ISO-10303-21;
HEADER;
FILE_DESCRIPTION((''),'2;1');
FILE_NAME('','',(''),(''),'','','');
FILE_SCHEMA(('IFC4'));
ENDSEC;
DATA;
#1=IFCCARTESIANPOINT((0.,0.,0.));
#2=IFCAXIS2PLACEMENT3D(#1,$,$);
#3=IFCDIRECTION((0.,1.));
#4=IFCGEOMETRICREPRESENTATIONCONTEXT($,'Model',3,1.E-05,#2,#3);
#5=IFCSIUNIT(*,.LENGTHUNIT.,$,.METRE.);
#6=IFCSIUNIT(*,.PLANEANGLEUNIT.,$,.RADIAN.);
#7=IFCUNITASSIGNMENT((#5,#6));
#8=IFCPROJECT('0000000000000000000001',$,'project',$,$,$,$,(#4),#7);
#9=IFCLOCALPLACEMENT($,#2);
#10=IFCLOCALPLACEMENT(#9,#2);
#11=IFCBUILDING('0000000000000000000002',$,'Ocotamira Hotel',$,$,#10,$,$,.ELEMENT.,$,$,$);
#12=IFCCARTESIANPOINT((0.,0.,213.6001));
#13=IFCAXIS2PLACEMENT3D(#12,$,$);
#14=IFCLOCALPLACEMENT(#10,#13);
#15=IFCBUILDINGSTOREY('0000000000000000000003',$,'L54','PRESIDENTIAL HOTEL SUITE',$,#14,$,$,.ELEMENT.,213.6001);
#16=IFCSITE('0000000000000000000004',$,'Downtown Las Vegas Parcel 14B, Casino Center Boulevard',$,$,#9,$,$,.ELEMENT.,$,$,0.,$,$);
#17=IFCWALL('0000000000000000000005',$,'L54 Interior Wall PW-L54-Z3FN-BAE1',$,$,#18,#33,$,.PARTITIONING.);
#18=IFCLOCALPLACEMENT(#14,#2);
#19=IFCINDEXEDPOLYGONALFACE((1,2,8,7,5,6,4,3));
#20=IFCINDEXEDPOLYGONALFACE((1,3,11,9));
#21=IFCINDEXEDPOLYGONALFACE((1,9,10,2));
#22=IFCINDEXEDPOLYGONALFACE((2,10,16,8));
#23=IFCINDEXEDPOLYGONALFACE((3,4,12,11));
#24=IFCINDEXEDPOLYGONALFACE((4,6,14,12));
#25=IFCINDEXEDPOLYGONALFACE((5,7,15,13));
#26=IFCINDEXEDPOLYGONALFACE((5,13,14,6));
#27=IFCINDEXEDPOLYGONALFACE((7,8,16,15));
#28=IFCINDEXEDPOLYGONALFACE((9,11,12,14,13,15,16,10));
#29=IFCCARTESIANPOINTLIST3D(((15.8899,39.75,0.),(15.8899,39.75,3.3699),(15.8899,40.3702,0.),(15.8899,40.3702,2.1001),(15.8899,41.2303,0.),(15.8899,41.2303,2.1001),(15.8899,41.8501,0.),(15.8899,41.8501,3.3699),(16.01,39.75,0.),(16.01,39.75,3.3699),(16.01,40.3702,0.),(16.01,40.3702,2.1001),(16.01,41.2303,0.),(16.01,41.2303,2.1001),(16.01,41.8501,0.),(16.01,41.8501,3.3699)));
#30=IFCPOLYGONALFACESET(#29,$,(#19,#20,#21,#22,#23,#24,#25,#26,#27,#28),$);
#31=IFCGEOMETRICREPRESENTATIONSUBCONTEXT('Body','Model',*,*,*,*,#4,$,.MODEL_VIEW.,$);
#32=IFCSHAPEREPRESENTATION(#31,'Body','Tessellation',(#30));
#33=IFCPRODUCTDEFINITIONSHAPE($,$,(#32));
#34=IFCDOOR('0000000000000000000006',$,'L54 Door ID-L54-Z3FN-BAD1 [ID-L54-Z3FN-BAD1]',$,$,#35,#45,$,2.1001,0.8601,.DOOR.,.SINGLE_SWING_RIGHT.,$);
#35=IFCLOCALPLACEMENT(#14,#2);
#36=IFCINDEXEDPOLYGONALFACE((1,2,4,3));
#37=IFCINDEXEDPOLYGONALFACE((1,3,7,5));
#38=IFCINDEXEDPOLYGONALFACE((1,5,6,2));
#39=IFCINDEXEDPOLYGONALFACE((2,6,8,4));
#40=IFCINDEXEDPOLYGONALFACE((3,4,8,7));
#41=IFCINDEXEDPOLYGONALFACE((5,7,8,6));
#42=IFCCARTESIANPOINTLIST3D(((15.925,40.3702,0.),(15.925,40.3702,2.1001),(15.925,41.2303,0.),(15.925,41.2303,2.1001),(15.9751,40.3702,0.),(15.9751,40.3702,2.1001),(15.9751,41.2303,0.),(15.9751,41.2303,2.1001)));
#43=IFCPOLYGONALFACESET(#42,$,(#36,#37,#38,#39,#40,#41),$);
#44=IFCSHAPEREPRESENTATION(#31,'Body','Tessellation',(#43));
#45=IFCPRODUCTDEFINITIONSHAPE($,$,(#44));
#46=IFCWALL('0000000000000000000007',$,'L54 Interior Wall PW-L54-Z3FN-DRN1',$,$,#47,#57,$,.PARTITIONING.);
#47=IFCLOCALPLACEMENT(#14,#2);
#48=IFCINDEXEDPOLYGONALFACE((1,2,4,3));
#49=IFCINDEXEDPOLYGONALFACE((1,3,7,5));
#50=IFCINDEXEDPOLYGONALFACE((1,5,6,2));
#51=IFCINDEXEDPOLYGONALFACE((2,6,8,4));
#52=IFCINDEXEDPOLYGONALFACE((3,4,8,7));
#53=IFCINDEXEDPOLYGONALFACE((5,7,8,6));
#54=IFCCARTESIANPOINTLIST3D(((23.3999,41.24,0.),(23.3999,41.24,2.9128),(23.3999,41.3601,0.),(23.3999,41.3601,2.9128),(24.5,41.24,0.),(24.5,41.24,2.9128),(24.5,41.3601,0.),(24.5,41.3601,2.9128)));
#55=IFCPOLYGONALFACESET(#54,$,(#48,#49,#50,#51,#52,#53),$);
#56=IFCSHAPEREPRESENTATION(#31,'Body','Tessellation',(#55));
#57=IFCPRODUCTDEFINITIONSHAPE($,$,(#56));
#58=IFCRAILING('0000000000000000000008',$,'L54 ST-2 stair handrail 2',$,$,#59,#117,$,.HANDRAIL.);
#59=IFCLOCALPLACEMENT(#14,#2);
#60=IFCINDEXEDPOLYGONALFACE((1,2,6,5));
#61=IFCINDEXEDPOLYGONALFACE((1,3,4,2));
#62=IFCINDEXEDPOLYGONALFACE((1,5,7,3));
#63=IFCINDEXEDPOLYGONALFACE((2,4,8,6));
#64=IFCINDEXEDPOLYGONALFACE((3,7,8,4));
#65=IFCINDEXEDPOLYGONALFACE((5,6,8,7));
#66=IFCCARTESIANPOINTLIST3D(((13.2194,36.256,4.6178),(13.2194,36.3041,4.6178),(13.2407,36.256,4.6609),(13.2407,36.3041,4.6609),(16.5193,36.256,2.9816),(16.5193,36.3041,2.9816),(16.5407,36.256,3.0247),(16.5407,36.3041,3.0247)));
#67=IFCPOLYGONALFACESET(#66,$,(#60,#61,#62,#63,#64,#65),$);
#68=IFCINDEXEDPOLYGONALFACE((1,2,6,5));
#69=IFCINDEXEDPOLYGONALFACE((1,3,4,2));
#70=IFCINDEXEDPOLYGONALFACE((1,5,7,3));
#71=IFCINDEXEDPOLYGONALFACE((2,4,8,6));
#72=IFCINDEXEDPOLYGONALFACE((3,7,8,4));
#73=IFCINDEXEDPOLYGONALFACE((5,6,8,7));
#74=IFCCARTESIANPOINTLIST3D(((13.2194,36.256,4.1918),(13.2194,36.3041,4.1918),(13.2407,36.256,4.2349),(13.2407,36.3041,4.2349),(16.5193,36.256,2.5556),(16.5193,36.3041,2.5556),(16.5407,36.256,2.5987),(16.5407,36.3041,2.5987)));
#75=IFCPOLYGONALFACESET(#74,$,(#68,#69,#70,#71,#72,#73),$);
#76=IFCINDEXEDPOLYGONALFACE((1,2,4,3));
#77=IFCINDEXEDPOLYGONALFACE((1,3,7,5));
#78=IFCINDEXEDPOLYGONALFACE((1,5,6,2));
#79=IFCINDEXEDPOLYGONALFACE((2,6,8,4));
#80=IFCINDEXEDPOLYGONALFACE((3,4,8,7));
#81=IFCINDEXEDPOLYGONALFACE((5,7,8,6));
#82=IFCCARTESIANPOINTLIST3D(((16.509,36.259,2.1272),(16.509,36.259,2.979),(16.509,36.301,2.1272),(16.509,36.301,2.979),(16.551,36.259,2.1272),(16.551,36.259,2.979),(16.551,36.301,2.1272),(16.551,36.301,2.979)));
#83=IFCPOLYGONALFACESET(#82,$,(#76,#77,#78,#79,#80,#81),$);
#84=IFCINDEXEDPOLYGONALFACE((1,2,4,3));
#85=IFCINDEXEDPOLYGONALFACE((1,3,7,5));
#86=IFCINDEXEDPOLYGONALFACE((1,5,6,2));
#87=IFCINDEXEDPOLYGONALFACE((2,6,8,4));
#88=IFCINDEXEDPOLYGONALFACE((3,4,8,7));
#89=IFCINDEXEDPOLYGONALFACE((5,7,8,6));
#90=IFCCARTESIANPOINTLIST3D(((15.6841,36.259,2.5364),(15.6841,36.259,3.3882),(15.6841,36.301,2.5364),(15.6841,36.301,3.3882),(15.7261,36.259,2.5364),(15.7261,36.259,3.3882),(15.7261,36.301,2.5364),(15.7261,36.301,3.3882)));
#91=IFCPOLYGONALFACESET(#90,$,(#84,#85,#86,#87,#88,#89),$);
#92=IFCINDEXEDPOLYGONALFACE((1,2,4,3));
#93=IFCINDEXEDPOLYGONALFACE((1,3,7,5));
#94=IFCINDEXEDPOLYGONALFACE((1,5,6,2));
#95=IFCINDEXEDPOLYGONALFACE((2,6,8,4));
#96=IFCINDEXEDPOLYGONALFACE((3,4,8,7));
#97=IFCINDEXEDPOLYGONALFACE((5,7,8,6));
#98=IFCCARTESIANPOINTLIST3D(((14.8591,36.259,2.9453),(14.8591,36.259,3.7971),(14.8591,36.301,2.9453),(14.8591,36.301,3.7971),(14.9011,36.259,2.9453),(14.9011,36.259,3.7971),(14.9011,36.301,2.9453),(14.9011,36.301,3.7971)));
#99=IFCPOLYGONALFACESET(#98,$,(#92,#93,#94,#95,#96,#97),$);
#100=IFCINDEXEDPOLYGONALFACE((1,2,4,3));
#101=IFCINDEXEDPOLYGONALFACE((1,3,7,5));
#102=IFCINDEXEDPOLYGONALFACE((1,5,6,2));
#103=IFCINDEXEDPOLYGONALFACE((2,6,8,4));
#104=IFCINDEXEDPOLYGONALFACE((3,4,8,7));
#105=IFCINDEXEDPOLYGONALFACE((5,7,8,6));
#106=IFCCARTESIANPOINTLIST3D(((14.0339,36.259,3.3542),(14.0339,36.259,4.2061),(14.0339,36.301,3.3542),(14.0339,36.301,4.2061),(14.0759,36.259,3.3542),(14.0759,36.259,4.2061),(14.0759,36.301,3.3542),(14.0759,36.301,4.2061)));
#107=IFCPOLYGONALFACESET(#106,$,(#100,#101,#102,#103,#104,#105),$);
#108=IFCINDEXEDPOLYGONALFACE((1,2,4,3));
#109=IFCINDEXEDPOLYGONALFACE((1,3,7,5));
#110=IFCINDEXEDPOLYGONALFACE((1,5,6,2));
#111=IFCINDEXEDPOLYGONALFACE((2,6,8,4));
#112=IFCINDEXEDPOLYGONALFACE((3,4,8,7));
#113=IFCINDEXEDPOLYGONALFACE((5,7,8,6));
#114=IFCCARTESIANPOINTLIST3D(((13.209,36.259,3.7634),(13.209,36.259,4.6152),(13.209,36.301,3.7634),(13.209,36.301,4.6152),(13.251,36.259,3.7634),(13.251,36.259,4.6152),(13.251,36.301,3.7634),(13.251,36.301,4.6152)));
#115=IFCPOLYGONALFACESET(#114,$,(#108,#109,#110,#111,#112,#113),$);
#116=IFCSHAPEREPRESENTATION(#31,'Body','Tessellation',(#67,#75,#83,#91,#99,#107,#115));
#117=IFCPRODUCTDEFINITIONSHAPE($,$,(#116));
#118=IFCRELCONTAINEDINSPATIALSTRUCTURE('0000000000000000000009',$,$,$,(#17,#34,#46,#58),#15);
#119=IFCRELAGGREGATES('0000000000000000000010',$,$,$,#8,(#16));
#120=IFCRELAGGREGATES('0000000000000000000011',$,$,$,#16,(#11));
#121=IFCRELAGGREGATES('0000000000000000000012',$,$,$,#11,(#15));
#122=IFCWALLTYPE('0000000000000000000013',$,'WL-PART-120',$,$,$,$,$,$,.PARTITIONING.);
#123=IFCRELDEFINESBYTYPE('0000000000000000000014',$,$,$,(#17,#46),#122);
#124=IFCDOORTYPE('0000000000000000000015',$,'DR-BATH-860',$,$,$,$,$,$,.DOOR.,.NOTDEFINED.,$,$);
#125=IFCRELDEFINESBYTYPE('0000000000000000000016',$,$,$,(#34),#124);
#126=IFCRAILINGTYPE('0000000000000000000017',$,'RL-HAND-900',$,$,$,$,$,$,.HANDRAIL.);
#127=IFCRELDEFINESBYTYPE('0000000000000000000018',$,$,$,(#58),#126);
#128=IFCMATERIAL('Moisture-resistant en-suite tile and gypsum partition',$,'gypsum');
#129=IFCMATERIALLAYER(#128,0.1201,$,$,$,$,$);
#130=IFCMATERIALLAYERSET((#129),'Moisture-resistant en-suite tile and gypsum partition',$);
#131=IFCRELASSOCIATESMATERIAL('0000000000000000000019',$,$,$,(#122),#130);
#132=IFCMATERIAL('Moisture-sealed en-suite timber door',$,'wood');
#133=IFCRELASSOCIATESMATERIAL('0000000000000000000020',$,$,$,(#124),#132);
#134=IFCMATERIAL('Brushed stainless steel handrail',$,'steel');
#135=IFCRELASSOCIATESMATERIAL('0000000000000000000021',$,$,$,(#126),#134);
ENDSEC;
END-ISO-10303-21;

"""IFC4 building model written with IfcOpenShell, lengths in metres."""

from ifc_helpers import new_model, si_unit, direction, frame, frame_2d, origin, origin_2d, place, context, subcontext, project, spatial, rectangle, extrude, source, transform, mapped, material, layer, layer_set, type_object, element, fill, save


model = new_model("IFC4")

# Units and contexts
model_context = context("Model", 3, precision=1e-05, world=origin(), true_north=direction((0.0, 1.0)))
body_context = subcontext(model_context, "Body", "Model", "MODEL_VIEW")
ifc_project = project(units=[si_unit("LENGTHUNIT", "METRE"), si_unit("PLANEANGLEUNIT", "RADIAN")], contexts=[model_context])

# Site, building, storey
site_placement = place(None, origin())
site = spatial("IfcSite", under=ifc_project, at=site_placement, Name="Downtown Las Vegas Parcel 14B, Casino Center Boulevard", CompositionType="ELEMENT", RefElevation=0.0)
building_placement = place(site_placement, origin())
building = spatial("IfcBuilding", under=site, at=building_placement, Name="Ocotamira Hotel", CompositionType="ELEMENT")
storey_placement = place(building_placement, frame((0.0, 0.0, 213.6001)))
storey = spatial("IfcBuildingStorey", under=building, at=storey_placement, Name="L54", Description="PRESIDENTIAL HOTEL SUITE", CompositionType="ELEMENT", Elevation=213.6001)

# Wall, opening, door
ifc_material_1 = material(Name="Moisture-resistant en-suite tile and gypsum partition", Category="gypsum")
ifc_layer_1 = layer(ifc_material_1, 0.1201)
ifc_layer_set_1 = layer_set([ifc_layer_1], Name="Moisture-resistant en-suite tile and gypsum partition")
wall_type = type_object("IfcWallType", Name="WL-PART-120", PredefinedType="PARTITIONING", material=ifc_layer_set_1)
wall_1_placement = place(storey_placement, frame((15.95, 39.75, 0.0), z_axis=(0.0, 0.0, 1.0), x_axis=(0.0, 1.0, 0.0)))
wall_1 = element("IfcWall", 1, at=wall_1_placement, inside=storey, type_object=wall_type, Name="L54 Interior Wall PW-L54-Z3FN-BAE1", PredefinedType="PARTITIONING", context=body_context, shape_type="SweptSolid", body=[
    extrude(rectangle(XDim=2.1001, YDim=0.1201, at=frame_2d((1.05, 0.0))), origin(), (0.0, 0.0, 1.0), 3.3699),
])
opening_placement = place(wall_1_placement, frame((0.6201, 0.0, 0.0)))
opening = element("IfcOpeningElement", 2, at=opening_placement, cuts=wall_1, PredefinedType="OPENING", context=body_context, shape_type="SweptSolid", body=[
    extrude(rectangle(XDim=0.8601, YDim=2.1001, at=frame_2d((0.4302, 1.05))), frame((0.0, 0.0701, 0.0), z_axis=(0.0, -1.0, 0.0), x_axis=(1.0, 0.0, 0.0)), (0.0, 0.0, 1.0), 0.1401),
])
ifc_material_2 = material(Name="Moisture-sealed en-suite timber door", Category="wood")
door_type = type_object("IfcDoorType", Name="DR-BATH-860", OperationType="NOTDEFINED", PredefinedType="DOOR", material=ifc_material_2)
shared_shape_1 = source(origin(), body_context, "Body", "SweptSolid", [
    extrude(rectangle(XDim=0.8601, YDim=2.1001, at=frame_2d((0.4302, 1.05))), frame((0.0, 0.0249, 0.0), z_axis=(0.0, -1.0, 0.0), x_axis=(1.0, 0.0, 0.0)), (0.0, 0.0, 1.0), 0.05),
])
door_placement = place(opening_placement, origin())
door = element("IfcDoor", 3, at=door_placement, inside=storey, type_object=door_type, Name="L54 Door ID-L54-Z3FN-BAD1 [ID-L54-Z3FN-BAD1]", OperationType="SINGLE_SWING_RIGHT", OverallHeight=2.1001, OverallWidth=0.8601, PredefinedType="DOOR", context=body_context, shape_type="MappedRepresentation", body=[
    mapped(shared_shape_1, transform((0.0, 0.0, 0.0), scale=1.0)),
])
fill(opening, door)

# Wall
wall_2_placement = place(storey_placement, frame((23.3999, 41.3, 0.0), z_axis=(0.0, 0.0, 1.0), x_axis=(1.0, 0.0, 0.0)))
element("IfcWall", 4, at=wall_2_placement, inside=storey, type_object=wall_type, Name="L54 Interior Wall PW-L54-Z3FN-DRN1", PredefinedType="PARTITIONING", context=body_context, shape_type="SweptSolid", body=[
    extrude(rectangle(XDim=1.1001, YDim=0.1201, at=frame_2d((0.55, 0.0))), origin(), (0.0, 0.0, 1.0), 2.9128),
])

# Railing
ifc_material_3 = material(Name="Brushed stainless steel handrail", Category="steel")
railing_type = type_object("IfcRailingType", Name="RL-HAND-900", PredefinedType="HANDRAIL", material=ifc_material_3)
railing_placement = place(storey_placement, frame((16.53, 36.28, 2.1272)))
element("IfcRailing", 5, at=railing_placement, inside=storey, type_object=railing_type, Name="L54 ST-2 stair handrail 2", PredefinedType="HANDRAIL", context=body_context, shape_type="SweptSolid", body=[
    extrude(rectangle(XDim=0.0481, YDim=0.0481, at=origin_2d()), frame((0.0, 0.0, 0.876), z_axis=(-0.89592, 0.0, 0.444215), x_axis=(0.0, -1.0, 0.0)), (0.0, 0.0, 1.0), 3.6833),
    extrude(rectangle(XDim=0.0481, YDim=0.0481, at=origin_2d()), frame((0.0, 0.0, 0.45), z_axis=(-0.89592, 0.0, 0.444215), x_axis=(0.0, -1.0, 0.0)), (0.0, 0.0, 1.0), 3.6833),
    extrude(rectangle(XDim=0.042, YDim=0.042, at=origin_2d()), origin(), (0.0, 0.0, 1.0), 0.8518),
    extrude(rectangle(XDim=0.042, YDim=0.042, at=origin_2d()), frame((-0.825, 0.0, 0.4092)), (0.0, 0.0, 1.0), 0.8518),
    extrude(rectangle(XDim=0.042, YDim=0.042, at=origin_2d()), frame((-1.6499, 0.0, 0.8181)), (0.0, 0.0, 1.0), 0.8518),
    extrude(rectangle(XDim=0.042, YDim=0.042, at=origin_2d()), frame((-2.4751, 0.0, 1.2271)), (0.0, 0.0, 1.0), 0.8518),
    extrude(rectangle(XDim=0.042, YDim=0.042, at=origin_2d()), frame((-3.3, 0.0, 1.6362)), (0.0, 0.0, 1.0), 0.8518),
])

save(model, "model.ifc")
